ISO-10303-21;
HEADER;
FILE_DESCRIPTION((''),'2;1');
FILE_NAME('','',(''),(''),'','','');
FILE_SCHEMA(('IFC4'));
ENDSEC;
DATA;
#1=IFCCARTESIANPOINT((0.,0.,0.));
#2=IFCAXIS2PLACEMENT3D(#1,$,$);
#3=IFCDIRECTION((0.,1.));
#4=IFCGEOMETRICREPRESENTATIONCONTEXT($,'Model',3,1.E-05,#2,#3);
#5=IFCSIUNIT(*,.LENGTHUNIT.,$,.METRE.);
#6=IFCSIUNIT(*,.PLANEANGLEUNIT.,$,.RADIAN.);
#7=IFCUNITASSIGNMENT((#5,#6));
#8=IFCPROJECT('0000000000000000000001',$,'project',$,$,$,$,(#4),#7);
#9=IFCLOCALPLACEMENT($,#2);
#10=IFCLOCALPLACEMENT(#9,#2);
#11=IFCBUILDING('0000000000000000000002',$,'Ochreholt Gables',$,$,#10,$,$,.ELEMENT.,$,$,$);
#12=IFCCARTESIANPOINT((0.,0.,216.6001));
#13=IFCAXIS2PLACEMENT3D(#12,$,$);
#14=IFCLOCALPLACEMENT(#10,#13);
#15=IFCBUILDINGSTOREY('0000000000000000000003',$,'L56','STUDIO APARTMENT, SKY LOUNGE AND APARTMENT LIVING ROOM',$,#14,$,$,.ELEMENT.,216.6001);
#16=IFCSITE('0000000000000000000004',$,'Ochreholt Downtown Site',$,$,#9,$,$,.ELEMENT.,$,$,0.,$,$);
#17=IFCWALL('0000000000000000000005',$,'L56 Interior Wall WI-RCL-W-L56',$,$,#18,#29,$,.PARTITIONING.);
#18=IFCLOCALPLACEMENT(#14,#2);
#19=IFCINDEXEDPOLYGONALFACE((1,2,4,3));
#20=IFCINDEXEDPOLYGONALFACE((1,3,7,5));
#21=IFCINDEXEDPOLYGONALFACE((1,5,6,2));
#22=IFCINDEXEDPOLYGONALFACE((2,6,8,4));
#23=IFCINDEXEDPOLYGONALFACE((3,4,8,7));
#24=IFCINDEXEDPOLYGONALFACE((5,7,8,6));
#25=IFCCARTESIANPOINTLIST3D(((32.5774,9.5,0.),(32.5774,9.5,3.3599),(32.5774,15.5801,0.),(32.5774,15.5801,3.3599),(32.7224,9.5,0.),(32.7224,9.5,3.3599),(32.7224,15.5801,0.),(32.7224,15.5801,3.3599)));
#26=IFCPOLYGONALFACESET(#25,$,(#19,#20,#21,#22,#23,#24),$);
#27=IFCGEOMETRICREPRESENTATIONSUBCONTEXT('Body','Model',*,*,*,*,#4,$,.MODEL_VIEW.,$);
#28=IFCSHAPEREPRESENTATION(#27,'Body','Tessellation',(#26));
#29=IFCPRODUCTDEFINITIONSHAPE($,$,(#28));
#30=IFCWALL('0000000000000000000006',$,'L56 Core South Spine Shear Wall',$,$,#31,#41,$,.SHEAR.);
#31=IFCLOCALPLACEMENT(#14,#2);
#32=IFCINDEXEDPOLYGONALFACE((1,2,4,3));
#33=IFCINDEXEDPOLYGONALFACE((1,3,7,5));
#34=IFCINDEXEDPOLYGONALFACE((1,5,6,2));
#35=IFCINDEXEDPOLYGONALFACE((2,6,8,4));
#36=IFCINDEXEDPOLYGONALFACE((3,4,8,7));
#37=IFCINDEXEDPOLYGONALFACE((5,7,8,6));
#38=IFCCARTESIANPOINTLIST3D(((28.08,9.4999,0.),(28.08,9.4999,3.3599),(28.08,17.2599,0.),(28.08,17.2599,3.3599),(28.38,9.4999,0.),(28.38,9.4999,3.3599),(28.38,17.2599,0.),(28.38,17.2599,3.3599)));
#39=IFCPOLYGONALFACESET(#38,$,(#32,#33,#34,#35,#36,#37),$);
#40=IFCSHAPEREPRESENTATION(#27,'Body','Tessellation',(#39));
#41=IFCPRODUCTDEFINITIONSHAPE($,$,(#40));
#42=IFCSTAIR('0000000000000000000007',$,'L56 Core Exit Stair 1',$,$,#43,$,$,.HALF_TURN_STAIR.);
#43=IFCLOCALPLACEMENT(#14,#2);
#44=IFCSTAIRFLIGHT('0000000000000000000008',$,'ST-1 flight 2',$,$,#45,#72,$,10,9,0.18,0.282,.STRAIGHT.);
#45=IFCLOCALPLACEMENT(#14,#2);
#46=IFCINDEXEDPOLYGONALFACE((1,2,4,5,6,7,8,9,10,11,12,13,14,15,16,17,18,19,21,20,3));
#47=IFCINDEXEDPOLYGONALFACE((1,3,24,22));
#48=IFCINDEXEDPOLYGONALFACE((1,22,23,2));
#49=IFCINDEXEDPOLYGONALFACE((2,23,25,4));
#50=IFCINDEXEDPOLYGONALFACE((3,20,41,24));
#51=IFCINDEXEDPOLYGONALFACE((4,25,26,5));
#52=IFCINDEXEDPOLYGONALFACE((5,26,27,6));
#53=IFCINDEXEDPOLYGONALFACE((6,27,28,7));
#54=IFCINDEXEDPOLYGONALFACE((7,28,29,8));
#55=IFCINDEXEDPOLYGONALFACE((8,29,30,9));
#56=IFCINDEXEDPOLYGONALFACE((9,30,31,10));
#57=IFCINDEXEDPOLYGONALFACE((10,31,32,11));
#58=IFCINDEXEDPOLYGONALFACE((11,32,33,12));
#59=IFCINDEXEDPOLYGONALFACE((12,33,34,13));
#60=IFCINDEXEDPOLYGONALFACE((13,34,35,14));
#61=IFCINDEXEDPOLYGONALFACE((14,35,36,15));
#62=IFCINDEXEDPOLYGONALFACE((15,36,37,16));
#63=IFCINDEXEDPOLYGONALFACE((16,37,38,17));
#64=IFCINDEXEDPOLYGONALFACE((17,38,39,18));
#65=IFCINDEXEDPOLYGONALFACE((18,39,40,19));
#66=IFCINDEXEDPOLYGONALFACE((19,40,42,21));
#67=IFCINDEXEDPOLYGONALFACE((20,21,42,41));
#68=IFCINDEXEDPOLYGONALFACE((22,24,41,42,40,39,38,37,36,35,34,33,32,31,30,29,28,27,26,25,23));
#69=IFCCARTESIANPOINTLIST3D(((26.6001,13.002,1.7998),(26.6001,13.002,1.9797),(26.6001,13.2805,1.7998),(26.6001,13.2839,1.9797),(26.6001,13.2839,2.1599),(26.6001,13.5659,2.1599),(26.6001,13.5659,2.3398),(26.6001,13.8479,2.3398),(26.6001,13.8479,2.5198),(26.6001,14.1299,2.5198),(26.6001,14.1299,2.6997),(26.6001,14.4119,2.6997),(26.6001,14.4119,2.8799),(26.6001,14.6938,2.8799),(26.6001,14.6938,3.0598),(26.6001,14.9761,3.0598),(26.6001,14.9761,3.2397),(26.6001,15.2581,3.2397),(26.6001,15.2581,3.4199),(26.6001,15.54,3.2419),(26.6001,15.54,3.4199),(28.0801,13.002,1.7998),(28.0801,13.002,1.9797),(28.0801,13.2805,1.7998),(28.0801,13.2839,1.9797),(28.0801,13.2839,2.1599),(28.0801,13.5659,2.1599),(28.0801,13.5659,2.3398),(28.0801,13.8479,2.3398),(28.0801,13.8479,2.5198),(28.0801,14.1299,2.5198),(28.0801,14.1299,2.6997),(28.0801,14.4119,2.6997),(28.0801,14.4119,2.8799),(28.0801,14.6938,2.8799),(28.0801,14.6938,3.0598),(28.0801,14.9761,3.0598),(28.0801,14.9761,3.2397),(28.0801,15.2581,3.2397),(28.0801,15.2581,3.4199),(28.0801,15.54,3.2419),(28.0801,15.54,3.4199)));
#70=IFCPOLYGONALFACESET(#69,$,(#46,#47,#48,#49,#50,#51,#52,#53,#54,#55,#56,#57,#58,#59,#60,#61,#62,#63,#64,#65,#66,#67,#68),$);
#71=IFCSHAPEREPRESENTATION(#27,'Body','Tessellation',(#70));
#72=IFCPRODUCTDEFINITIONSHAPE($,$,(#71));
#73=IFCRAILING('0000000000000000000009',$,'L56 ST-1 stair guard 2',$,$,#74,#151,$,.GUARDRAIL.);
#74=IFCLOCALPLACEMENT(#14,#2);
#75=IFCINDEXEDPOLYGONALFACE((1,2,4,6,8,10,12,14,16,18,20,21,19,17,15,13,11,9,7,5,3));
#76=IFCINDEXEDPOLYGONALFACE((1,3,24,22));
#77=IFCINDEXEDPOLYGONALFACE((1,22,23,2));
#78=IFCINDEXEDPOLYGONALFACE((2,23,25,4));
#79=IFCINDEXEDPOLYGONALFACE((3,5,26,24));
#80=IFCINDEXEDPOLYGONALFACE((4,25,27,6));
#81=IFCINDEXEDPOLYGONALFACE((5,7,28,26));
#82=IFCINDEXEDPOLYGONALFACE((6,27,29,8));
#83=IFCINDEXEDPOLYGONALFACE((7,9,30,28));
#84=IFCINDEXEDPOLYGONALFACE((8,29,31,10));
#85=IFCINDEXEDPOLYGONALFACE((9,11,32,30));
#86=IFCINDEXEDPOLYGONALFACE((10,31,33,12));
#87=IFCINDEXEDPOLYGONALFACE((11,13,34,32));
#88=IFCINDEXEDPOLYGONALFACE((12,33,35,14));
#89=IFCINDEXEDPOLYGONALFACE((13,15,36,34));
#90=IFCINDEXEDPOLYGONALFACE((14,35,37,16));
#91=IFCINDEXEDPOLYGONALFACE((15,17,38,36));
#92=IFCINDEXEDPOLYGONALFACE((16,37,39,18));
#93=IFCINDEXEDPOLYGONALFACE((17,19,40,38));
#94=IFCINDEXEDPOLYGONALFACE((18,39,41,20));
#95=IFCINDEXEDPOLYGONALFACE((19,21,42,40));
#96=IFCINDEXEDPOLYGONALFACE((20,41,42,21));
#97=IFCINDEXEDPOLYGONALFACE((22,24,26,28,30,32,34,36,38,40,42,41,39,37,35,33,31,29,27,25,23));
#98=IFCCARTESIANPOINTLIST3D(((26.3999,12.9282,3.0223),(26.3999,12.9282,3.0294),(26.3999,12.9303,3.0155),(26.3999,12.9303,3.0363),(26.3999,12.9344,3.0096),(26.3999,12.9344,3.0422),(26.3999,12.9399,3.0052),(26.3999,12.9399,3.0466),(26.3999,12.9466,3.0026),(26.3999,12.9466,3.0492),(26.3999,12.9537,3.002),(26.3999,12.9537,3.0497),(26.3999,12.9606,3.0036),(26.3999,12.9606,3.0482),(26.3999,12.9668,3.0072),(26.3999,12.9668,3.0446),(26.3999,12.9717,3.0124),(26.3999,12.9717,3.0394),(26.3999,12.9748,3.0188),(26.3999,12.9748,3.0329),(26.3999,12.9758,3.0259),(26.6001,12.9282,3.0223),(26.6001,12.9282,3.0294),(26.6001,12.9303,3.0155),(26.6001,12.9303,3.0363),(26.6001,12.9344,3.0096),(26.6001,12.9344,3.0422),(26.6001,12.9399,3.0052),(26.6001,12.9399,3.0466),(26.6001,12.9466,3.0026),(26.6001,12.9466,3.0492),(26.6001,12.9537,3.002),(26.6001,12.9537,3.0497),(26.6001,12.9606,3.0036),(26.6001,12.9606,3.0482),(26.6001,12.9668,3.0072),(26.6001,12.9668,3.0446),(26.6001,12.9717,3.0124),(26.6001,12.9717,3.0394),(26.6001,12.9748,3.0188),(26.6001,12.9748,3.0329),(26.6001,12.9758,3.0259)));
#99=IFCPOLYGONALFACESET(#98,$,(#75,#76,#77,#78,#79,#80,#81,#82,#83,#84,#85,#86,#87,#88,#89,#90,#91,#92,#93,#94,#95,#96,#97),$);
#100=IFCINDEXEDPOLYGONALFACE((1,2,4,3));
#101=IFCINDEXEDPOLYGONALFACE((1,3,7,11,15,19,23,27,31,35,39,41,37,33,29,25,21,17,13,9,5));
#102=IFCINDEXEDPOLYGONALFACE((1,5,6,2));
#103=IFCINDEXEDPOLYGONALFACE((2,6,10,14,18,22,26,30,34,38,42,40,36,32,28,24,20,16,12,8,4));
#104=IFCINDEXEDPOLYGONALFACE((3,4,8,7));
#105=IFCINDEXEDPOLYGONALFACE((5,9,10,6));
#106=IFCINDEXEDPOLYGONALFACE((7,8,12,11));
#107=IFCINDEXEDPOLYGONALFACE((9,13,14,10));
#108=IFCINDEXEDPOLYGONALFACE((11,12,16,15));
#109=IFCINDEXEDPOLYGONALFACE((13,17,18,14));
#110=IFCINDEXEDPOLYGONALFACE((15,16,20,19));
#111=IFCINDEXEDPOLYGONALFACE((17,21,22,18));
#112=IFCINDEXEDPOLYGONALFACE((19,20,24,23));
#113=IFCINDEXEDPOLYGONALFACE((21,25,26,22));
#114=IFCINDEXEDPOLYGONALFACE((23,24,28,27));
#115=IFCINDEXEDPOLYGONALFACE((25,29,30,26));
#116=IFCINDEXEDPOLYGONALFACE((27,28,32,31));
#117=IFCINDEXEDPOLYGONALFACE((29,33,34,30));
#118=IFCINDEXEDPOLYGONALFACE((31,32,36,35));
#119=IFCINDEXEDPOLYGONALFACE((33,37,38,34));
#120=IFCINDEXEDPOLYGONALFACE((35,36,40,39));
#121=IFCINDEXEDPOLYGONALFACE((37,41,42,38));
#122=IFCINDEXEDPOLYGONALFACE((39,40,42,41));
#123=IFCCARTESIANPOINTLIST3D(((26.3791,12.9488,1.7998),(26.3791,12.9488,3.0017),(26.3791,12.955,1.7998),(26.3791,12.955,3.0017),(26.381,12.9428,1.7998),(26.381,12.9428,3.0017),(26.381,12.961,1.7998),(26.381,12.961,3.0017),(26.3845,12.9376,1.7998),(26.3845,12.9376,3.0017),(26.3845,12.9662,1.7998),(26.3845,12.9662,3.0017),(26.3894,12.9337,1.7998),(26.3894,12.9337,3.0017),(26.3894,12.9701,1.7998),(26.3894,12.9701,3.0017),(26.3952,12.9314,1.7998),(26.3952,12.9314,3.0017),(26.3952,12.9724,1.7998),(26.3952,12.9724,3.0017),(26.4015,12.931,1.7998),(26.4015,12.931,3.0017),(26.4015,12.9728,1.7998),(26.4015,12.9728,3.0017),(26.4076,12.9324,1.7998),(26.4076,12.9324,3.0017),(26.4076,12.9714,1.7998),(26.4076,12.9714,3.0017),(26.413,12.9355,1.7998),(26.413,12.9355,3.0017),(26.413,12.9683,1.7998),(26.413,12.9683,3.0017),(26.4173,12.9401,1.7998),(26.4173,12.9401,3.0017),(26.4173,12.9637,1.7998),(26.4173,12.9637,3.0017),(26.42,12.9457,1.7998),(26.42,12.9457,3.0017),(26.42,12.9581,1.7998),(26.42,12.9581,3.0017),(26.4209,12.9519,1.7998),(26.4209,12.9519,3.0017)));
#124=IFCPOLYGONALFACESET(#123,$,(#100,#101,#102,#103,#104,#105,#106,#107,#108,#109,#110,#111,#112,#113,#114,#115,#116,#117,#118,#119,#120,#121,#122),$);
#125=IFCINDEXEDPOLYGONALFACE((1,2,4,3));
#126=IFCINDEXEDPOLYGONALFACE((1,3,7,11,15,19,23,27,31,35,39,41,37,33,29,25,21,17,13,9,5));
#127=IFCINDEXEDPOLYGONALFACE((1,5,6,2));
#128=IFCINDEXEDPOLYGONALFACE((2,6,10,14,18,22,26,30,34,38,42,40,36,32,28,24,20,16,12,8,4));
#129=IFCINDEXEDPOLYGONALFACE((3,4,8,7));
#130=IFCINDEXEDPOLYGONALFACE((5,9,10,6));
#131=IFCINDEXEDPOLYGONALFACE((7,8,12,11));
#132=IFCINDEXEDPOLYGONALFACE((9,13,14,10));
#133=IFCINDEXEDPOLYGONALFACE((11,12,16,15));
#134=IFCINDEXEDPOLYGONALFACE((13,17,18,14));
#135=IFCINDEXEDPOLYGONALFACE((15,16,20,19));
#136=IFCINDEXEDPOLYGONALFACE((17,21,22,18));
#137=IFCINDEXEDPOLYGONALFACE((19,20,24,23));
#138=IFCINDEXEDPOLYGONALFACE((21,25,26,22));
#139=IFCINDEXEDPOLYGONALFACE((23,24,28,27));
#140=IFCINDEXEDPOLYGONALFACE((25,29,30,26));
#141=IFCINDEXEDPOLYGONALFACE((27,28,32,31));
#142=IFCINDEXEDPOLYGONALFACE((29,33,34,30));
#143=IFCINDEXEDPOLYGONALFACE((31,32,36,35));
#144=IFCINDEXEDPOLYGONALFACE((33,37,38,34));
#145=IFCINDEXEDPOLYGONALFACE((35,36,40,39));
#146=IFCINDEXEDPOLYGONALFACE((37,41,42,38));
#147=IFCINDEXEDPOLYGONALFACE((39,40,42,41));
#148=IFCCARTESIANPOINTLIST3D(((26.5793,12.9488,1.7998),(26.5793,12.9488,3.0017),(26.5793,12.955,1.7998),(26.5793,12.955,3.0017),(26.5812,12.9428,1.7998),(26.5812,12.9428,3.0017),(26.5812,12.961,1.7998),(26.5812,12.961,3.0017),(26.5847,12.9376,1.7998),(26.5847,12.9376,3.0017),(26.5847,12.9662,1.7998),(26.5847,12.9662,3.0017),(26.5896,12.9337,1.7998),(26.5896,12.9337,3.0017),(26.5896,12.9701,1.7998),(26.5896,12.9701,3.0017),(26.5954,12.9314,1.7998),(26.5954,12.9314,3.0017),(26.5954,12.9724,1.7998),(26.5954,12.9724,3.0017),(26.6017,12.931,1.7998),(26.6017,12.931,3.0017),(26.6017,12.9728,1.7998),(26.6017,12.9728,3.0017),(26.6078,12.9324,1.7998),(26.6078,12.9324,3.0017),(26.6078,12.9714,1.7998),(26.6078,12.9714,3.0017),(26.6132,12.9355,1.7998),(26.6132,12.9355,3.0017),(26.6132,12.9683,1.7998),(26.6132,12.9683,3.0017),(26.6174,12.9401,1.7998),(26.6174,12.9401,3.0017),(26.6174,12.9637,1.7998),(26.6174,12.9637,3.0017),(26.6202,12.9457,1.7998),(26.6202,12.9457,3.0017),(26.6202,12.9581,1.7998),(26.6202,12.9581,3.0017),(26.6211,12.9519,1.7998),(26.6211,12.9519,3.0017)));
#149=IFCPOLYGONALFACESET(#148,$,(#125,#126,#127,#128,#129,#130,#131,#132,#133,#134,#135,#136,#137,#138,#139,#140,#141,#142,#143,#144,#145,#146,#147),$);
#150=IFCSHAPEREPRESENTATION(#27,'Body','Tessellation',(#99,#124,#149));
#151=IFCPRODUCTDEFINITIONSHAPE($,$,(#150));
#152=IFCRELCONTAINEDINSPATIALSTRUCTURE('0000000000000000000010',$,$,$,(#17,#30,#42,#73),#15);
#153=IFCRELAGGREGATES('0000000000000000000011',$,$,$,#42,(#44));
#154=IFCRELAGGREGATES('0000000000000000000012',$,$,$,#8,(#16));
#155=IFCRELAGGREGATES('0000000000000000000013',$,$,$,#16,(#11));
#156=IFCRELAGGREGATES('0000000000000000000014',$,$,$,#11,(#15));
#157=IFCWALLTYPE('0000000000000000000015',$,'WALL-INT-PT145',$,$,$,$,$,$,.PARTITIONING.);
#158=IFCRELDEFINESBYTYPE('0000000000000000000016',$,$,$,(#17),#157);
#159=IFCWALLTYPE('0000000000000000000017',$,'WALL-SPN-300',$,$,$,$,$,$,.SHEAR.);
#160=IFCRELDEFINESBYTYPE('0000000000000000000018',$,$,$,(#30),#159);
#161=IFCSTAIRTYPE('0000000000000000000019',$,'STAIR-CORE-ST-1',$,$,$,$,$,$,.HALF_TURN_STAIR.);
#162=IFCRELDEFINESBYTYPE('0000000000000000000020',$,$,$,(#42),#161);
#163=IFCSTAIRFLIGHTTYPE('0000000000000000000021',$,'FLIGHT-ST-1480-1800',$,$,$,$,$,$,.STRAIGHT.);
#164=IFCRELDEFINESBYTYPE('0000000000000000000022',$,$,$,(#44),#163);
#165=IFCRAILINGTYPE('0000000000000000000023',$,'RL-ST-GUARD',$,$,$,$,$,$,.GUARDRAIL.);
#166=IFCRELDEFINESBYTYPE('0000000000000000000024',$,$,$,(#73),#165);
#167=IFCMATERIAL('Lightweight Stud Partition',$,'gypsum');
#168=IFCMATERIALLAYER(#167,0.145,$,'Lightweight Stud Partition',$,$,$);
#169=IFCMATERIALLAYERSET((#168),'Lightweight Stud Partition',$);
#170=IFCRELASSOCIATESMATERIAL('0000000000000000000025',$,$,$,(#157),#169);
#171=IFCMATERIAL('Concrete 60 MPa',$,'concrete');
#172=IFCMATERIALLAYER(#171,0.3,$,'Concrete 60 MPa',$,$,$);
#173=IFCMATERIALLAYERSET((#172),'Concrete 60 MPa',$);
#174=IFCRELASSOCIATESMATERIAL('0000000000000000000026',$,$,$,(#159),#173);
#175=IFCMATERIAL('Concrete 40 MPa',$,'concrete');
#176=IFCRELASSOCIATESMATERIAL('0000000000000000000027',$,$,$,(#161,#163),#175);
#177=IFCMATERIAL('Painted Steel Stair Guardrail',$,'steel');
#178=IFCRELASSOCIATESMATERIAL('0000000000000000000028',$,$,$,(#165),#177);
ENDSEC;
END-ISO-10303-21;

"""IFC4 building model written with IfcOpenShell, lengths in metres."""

from ifc_helpers import new_model, si_unit, direction, frame, frame_2d, origin, origin_2d, place, context, subcontext, project, spatial, polyline, rectangle, circle, outline, extrude, material, layer, layer_set, type_object, element, aggregate, save


model = new_model("IFC4")

# Units and contexts
model_context = context("Model", 3, precision=1e-05, world=origin(), true_north=direction((0.0, 1.0)))
body_context = subcontext(model_context, "Body", "Model", "MODEL_VIEW")
ifc_project = project(units=[si_unit("LENGTHUNIT", "METRE"), si_unit("PLANEANGLEUNIT", "RADIAN")], contexts=[model_context])

# Site, building, storey
site_placement = place(None, origin())
site = spatial("IfcSite", under=ifc_project, at=site_placement, Name="Ochreholt Downtown Site", CompositionType="ELEMENT", RefElevation=0.0)
building_placement = place(site_placement, origin())
building = spatial("IfcBuilding", under=site, at=building_placement, Name="Ochreholt Gables", CompositionType="ELEMENT")
storey_placement = place(building_placement, frame((0.0, 0.0, 216.6001)))
storey = spatial("IfcBuildingStorey", under=building, at=storey_placement, Name="L56", Description="STUDIO APARTMENT, SKY LOUNGE AND APARTMENT LIVING ROOM", CompositionType="ELEMENT", Elevation=216.6001)

# Walls
ifc_material_1 = material(Name="Lightweight Stud Partition", Category="gypsum")
ifc_layer_1 = layer(ifc_material_1, 0.145, Name="Lightweight Stud Partition")
ifc_layer_set_1 = layer_set([ifc_layer_1], Name="Lightweight Stud Partition")
wall_type_1 = type_object("IfcWallType", Name="WALL-INT-PT145", PredefinedType="PARTITIONING", material=ifc_layer_set_1)
wall_1_placement = place(storey_placement, frame((32.6499, 9.5, 0.0), z_axis=(0.0, 0.0, 1.0), x_axis=(0.0, 1.0, 0.0)))
element("IfcWall", 1, at=wall_1_placement, inside=storey, type_object=wall_type_1, Name="L56 Interior Wall WI-RCL-W-L56", PredefinedType="PARTITIONING", context=body_context, shape_type="SweptSolid", body=[
    extrude(rectangle(XDim=6.0801, YDim=0.145, at=frame_2d((3.04, 0.0))), origin(), (0.0, 0.0, 1.0), 3.3599),
])
ifc_material_2 = material(Name="Concrete 60 MPa", Category="concrete")
ifc_layer_2 = layer(ifc_material_2, 0.3, Name="Concrete 60 MPa")
ifc_layer_set_2 = layer_set([ifc_layer_2], Name="Concrete 60 MPa")
wall_type_2 = type_object("IfcWallType", Name="WALL-SPN-300", PredefinedType="SHEAR", material=ifc_layer_set_2)
wall_2_placement = place(storey_placement, frame((28.23, 9.5, 0.0), z_axis=(0.0, 0.0, 1.0), x_axis=(0.0, 1.0, 0.0)))
element("IfcWall", 2, at=wall_2_placement, inside=storey, type_object=wall_type_2, Name="L56 Core South Spine Shear Wall", PredefinedType="SHEAR", context=body_context, shape_type="SweptSolid", body=[
    extrude(rectangle(XDim=7.76, YDim=0.3, at=frame_2d((3.8799, 0.0))), origin(), (0.0, 0.0, 1.0), 3.3599),
])

# Stair, stair flight
ifc_material_3 = material(Name="Concrete 40 MPa", Category="concrete")
stair_type = type_object("IfcStairType", Name="STAIR-CORE-ST-1", PredefinedType="HALF_TURN_STAIR", material=ifc_material_3)
stair_placement = place(storey_placement, origin())
stair = element("IfcStair", 3, at=stair_placement, inside=storey, type_object=stair_type, Name="L56 Core Exit Stair 1", PredefinedType="HALF_TURN_STAIR")
stair_flight_type = type_object("IfcStairFlightType", Name="FLIGHT-ST-1480-1800", PredefinedType="STRAIGHT", material=ifc_material_3)
stair_flight_placement = place(storey_placement, frame((27.3401, 13.002, 1.7998), z_axis=(0.0, 0.0, 1.0), x_axis=(0.0, 1.0, 0.0)))
stair_flight = element("IfcStairFlight", 4, at=stair_flight_placement, type_object=stair_flight_type, Name="ST-1 flight 2", NumberOfRisers=10, NumberOfTreads=9, PredefinedType="STRAIGHT", RiserHeight=0.18, TreadLength=0.282, context=body_context, shape_type="SweptSolid", body=[
    extrude(outline(polyline([(0.0, 0.0), (0.0, 0.1799), (0.282, 0.1799), (0.282, 0.3601), (0.564, 0.3601), (0.564, 0.54), (0.8459, 0.54), (0.8459, 0.72), (1.1279, 0.72), (1.1279, 0.8999), (1.4099, 0.8999), (1.4099, 1.0801), (1.6919, 1.0801), (1.6919, 1.26), (1.9741, 1.26), (1.9741, 1.4399), (2.2561, 1.4399), (2.2561, 1.6201), (2.5381, 1.6201), (2.5381, 1.8), (2.5381, 1.4421), (0.2786, 0.0), (0.0, 0.0)])), frame((0.0, 0.74, 0.0), z_axis=(0.0, -1.0, 0.0), x_axis=(1.0, 0.0, 0.0)), (0.0, 0.0, 1.0), 1.48),
])
aggregate(stair, [stair_flight])

# Railing
ifc_material_4 = material(Name="Painted Steel Stair Guardrail", Category="steel")
railing_type_1 = type_object("IfcRailingType", Name="RL-ST-GUARD", PredefinedType="GUARDRAIL", material=ifc_material_4)
railing_1_placement = place(storey_placement, frame((26.3999, 12.9519, 1.7998)))
element("IfcRailing", 5, at=railing_1_placement, inside=storey, type_object=railing_type_1, Name="L56 ST-1 stair guard 2", PredefinedType="GUARDRAIL", context=body_context, shape_type="SweptSolid", body=[
    extrude(circle(Radius=0.0239, at=origin_2d()), frame((0.0, 0.0, 1.2261), z_axis=(1.0, 0.0, 0.0), x_axis=(0.0, 1.0, 0.0)), (0.0, 0.0, 1.0), 0.2002),
    extrude(circle(Radius=0.021, at=origin_2d()), origin(), (0.0, 0.0, 1.0), 1.2019),
    extrude(circle(Radius=0.021, at=origin_2d()), frame((0.2002, 0.0, 0.0)), (0.0, 0.0, 1.0), 1.2019),
])

save(model, "model.ifc")
